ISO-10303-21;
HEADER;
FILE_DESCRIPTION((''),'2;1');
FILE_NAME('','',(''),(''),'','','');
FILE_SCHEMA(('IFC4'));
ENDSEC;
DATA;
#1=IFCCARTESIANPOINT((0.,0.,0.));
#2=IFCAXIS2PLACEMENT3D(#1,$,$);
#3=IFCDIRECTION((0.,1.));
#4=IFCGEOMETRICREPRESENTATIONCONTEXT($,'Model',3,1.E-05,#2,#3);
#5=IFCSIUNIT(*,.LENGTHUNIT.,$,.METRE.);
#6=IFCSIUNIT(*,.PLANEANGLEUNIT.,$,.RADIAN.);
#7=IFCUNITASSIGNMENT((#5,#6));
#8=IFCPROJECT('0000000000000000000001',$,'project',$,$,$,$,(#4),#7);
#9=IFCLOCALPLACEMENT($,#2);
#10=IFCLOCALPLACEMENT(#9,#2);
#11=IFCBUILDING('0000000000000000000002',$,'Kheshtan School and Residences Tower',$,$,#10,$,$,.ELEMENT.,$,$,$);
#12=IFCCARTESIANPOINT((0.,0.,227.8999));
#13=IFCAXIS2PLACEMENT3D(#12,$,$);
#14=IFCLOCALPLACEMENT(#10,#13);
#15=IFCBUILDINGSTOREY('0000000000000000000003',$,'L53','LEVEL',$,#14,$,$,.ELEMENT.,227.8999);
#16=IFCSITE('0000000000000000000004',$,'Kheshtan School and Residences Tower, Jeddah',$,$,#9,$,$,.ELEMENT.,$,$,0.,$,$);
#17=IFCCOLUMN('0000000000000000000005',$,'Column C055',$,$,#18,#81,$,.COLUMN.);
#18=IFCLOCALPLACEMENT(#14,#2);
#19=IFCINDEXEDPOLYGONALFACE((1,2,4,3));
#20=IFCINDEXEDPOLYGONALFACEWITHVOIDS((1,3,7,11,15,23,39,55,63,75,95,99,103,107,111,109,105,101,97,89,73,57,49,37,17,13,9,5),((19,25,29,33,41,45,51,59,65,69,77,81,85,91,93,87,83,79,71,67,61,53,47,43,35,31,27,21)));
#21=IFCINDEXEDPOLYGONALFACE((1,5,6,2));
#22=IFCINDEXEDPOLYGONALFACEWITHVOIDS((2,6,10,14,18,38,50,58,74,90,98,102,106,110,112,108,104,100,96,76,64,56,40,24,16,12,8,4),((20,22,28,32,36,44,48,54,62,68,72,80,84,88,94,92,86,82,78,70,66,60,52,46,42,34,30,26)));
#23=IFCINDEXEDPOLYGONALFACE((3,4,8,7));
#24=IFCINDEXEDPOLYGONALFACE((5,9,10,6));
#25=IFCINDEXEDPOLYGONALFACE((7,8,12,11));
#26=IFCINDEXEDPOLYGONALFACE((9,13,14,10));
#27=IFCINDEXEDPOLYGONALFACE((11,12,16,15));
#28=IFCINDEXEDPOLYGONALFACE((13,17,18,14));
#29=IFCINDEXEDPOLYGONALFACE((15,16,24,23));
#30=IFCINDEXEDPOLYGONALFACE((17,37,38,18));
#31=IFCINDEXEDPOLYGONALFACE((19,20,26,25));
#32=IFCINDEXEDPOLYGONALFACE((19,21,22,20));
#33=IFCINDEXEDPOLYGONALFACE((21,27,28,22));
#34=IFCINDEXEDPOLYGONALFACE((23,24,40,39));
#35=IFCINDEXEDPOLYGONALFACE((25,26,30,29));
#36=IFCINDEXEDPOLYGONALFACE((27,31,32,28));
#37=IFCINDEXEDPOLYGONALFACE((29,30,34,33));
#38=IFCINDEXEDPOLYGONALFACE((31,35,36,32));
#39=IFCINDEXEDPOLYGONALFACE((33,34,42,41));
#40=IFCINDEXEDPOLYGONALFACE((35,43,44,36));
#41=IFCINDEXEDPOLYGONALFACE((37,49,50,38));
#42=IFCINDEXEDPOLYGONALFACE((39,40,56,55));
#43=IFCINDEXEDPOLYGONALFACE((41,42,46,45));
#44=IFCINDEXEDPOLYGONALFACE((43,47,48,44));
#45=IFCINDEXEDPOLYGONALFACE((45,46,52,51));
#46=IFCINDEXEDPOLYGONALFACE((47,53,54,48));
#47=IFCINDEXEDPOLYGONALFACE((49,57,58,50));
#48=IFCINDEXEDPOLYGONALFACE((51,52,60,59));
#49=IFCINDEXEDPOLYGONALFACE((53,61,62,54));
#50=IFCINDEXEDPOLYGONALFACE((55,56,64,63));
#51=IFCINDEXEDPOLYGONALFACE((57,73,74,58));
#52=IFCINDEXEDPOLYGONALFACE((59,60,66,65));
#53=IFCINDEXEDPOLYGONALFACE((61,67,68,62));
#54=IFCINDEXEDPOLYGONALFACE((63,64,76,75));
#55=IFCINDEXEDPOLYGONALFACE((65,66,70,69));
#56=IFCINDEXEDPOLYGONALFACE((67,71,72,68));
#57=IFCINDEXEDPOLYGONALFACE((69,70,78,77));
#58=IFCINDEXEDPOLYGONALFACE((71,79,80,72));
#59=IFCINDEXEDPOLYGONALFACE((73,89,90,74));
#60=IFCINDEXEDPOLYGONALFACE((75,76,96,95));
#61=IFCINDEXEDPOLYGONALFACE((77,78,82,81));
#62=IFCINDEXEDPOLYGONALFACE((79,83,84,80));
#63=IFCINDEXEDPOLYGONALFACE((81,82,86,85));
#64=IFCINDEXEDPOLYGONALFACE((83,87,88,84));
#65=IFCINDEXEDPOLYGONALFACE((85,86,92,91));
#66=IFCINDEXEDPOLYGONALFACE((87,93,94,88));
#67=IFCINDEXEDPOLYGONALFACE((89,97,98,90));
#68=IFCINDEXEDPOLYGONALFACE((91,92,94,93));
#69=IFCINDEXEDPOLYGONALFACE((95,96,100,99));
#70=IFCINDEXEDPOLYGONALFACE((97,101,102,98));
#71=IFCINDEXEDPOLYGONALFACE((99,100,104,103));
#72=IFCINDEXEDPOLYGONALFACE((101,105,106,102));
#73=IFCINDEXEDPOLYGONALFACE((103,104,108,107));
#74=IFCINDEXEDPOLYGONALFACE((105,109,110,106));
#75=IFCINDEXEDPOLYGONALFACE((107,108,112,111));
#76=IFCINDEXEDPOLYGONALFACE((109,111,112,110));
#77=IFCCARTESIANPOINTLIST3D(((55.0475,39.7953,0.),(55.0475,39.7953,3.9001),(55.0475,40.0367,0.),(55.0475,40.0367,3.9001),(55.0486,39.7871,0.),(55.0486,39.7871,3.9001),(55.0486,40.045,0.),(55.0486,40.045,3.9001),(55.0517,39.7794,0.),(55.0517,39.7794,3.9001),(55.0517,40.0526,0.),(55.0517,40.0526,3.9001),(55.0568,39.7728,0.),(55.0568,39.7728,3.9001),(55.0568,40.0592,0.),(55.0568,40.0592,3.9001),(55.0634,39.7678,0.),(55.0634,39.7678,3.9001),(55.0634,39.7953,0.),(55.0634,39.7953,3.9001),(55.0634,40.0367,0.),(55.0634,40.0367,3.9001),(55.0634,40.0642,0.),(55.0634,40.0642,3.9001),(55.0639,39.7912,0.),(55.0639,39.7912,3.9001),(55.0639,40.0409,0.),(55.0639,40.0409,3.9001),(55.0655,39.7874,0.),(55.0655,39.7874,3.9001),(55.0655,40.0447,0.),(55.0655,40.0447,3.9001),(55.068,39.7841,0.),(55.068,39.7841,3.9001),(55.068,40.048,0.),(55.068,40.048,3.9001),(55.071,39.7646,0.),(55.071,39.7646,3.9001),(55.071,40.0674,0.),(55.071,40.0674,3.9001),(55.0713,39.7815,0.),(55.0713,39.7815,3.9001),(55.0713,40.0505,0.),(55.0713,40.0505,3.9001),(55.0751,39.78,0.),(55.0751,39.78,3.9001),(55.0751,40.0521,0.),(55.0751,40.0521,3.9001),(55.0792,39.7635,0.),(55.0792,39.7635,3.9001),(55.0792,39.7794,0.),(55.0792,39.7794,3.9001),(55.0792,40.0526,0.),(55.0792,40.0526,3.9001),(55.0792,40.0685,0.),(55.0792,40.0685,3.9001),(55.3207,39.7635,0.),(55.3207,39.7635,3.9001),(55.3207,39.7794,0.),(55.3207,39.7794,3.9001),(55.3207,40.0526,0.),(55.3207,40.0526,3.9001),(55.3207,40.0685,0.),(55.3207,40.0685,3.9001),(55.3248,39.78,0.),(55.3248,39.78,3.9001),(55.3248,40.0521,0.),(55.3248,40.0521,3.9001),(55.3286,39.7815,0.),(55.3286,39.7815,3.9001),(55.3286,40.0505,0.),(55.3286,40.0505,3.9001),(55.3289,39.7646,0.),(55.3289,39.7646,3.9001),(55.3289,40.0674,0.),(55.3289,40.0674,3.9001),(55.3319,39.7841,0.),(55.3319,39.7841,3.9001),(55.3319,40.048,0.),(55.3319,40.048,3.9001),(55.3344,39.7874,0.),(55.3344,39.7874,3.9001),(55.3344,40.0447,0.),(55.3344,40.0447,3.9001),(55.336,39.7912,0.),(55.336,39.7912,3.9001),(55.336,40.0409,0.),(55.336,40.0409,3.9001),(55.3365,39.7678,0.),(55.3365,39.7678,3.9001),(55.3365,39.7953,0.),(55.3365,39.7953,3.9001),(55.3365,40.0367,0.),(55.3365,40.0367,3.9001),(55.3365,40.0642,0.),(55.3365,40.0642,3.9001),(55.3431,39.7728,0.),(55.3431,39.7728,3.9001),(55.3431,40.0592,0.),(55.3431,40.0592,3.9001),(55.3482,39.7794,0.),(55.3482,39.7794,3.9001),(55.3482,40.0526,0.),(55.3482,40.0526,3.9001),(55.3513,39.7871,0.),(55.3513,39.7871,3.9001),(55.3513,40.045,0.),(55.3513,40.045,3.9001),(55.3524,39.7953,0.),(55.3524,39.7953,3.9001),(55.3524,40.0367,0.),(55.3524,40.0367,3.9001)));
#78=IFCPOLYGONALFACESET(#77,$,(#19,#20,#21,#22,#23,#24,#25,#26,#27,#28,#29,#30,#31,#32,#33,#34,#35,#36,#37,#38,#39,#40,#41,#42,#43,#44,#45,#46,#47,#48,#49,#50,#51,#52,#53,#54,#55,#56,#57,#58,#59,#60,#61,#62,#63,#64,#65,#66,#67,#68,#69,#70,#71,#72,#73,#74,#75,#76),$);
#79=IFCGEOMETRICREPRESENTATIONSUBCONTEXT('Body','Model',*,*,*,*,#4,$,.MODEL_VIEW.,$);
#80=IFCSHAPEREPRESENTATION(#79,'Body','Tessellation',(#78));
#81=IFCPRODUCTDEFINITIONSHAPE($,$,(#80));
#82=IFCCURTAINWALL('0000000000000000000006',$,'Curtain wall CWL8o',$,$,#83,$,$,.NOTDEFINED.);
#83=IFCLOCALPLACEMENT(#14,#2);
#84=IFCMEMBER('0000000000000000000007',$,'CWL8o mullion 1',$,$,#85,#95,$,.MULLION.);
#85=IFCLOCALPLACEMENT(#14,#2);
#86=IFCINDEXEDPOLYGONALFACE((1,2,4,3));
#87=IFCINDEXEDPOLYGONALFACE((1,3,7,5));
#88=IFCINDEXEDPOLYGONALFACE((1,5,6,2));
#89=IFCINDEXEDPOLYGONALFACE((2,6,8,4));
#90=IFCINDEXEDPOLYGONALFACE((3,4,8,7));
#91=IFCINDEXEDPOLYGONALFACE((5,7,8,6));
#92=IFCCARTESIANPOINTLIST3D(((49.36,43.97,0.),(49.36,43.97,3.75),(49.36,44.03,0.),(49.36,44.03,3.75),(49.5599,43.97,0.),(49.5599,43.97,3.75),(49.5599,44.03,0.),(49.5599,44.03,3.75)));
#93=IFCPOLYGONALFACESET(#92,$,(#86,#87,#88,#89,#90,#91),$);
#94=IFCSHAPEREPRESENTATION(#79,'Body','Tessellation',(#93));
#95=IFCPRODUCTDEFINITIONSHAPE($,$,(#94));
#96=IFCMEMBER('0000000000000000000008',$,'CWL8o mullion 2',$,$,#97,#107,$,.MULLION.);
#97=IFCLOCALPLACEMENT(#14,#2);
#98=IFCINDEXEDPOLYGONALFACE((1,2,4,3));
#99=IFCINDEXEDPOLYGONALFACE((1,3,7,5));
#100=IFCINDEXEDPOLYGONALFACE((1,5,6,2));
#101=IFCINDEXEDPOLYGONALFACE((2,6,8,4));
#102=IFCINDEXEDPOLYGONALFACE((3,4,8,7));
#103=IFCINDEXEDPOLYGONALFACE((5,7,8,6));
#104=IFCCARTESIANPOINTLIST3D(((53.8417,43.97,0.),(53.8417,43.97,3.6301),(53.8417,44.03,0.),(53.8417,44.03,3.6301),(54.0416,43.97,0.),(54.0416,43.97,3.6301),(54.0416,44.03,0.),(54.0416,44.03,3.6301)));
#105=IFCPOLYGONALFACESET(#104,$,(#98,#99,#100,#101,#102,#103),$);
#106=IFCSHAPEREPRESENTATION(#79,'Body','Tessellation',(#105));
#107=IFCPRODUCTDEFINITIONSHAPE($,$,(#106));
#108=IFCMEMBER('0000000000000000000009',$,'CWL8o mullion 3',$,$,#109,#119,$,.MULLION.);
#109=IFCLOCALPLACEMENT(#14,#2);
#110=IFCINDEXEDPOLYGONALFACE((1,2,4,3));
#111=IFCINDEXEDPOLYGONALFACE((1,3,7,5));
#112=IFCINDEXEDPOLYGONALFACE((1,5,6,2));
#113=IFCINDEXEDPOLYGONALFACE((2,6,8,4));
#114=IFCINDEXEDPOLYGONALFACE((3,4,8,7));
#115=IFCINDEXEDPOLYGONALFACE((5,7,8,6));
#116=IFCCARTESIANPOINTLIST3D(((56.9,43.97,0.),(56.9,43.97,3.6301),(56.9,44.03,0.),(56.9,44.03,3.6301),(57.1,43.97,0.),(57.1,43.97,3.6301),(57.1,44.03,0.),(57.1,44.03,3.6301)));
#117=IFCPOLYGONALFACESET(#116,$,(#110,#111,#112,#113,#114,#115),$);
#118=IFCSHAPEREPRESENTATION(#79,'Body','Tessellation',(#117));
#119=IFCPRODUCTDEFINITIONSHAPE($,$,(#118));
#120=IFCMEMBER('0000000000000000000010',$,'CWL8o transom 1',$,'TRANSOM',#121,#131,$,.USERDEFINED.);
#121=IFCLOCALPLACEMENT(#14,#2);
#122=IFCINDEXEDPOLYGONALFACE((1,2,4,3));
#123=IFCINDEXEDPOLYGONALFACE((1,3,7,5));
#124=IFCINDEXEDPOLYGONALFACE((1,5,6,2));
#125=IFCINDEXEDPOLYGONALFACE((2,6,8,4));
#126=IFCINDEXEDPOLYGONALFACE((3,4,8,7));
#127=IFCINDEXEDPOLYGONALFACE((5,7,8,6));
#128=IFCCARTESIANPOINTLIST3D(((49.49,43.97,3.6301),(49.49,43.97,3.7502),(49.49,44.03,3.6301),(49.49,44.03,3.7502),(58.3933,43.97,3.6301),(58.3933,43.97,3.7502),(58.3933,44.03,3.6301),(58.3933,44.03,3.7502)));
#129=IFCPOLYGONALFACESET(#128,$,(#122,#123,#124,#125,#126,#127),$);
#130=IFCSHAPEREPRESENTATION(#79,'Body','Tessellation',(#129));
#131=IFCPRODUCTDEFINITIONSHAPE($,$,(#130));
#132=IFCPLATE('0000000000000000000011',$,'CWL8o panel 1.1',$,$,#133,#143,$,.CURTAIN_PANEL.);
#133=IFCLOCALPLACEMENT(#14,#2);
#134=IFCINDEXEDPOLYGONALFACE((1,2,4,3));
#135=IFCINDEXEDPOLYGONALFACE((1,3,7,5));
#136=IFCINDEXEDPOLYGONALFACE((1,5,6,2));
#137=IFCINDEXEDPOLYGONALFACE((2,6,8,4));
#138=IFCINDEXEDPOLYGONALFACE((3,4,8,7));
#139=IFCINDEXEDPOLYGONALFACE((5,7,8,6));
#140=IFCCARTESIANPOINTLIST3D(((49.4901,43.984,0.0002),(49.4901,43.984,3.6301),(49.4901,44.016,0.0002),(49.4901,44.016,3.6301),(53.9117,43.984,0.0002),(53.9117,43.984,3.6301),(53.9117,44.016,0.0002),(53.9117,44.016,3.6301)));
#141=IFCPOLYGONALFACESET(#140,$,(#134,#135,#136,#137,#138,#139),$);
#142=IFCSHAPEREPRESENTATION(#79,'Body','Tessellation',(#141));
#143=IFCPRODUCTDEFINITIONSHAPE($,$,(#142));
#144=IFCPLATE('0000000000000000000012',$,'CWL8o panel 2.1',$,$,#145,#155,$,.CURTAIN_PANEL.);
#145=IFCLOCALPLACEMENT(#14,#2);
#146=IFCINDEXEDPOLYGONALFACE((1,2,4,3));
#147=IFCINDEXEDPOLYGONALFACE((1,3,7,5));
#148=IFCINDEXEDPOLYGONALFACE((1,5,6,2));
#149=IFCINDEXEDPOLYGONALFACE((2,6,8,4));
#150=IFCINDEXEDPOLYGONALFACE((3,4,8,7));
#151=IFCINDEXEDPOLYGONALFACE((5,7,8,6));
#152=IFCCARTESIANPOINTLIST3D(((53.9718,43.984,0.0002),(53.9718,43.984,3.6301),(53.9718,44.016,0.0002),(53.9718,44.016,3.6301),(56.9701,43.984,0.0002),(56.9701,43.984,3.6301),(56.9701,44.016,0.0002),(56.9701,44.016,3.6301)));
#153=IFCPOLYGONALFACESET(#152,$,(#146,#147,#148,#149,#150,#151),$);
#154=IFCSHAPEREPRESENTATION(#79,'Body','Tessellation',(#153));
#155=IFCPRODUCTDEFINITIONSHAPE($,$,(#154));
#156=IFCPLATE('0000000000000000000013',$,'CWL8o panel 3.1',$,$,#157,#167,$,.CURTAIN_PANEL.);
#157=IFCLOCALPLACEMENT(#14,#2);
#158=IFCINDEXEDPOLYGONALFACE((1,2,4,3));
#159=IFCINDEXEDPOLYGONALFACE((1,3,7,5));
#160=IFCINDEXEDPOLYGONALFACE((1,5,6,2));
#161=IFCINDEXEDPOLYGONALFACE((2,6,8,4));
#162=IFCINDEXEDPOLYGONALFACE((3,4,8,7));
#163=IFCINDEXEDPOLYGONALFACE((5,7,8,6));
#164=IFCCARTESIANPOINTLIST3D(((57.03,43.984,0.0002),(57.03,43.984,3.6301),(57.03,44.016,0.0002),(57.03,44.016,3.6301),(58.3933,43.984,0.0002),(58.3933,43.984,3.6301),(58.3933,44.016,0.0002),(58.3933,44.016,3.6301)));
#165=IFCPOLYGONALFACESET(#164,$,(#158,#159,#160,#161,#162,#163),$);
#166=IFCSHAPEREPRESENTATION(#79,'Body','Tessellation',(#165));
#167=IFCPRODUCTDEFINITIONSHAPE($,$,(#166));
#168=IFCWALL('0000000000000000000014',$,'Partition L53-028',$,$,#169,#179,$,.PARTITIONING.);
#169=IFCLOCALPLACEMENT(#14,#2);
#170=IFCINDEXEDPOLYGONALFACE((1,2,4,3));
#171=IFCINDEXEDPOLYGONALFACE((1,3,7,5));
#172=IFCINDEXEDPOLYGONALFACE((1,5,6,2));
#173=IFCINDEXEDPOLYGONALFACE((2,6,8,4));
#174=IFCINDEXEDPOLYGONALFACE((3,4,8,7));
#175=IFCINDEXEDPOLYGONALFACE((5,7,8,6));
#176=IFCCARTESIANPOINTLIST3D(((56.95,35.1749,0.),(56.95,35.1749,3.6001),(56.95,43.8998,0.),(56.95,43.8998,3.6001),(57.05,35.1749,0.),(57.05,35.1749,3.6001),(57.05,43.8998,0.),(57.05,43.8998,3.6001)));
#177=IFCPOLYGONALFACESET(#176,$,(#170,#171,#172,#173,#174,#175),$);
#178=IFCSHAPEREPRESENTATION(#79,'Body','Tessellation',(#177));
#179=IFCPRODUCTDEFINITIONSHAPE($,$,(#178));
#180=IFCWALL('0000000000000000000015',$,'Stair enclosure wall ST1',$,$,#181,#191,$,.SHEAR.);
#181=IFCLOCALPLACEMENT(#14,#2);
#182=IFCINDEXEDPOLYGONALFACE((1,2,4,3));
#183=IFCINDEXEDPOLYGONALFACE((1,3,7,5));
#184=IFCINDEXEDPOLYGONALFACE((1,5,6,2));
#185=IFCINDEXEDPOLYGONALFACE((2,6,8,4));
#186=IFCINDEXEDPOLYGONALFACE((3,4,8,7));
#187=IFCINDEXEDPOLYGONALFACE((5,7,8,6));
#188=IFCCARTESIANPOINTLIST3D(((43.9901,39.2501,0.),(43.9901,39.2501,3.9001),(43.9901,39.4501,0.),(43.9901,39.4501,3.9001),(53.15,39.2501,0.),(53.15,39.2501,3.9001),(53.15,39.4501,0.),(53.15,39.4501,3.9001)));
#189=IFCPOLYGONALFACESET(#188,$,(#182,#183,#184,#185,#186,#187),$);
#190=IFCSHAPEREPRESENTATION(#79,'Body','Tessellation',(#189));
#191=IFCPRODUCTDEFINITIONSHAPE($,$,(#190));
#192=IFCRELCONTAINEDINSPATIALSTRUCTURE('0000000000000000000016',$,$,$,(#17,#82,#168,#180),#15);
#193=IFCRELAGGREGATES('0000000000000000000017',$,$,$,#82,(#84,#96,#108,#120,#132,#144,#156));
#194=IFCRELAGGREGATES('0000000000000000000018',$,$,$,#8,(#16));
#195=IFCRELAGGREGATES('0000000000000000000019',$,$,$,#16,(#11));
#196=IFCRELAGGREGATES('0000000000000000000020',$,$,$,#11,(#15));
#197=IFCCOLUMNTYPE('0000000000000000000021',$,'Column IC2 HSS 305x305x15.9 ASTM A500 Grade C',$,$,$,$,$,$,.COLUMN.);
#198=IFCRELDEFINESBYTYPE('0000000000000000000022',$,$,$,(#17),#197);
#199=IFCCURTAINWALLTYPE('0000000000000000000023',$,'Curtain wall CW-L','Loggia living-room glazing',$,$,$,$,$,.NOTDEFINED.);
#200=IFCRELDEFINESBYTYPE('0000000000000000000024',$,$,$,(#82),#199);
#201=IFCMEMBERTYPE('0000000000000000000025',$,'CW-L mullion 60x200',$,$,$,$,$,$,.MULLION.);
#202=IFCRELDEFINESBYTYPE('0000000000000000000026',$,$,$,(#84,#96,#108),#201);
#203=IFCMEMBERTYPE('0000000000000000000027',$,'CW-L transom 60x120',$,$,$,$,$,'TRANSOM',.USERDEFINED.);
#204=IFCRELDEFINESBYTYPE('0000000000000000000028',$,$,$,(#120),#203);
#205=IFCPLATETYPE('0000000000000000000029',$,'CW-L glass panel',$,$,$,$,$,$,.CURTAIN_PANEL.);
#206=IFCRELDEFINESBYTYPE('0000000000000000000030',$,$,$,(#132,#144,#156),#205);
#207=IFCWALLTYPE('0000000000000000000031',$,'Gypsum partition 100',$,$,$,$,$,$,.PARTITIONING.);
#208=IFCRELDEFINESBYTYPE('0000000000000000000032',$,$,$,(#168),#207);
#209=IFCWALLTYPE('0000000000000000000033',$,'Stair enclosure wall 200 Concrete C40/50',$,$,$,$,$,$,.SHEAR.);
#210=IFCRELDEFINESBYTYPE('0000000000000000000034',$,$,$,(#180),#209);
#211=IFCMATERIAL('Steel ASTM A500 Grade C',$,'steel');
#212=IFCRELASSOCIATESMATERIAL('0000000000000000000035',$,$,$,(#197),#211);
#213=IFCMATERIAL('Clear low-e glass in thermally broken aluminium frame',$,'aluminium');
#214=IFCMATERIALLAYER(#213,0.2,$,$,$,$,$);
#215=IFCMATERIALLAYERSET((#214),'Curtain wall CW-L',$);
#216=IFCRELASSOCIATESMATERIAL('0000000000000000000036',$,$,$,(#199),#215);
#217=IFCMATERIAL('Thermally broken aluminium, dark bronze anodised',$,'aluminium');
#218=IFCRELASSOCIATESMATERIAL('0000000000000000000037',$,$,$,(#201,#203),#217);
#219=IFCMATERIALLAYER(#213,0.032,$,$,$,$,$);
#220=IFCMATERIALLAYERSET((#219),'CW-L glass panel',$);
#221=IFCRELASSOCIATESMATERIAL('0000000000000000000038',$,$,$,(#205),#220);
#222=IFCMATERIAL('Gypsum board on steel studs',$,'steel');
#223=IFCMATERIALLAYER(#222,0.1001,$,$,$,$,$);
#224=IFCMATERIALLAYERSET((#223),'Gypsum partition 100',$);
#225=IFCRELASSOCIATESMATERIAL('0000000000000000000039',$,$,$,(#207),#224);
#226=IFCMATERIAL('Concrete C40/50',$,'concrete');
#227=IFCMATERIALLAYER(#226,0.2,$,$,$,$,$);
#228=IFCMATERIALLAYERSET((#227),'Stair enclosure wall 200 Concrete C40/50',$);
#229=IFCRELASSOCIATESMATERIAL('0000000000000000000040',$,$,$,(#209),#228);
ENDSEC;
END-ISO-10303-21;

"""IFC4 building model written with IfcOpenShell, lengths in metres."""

from ifc_helpers import new_model, si_unit, direction, frame, frame_2d, origin, origin_2d, place, context, subcontext, project, spatial, rectangle, hollow_rectangle, extrude, material, layer, layer_set, material_profile, profile_set, type_object, element, aggregate, save


model = new_model("IFC4")

# Units and contexts
model_context = context("Model", 3, precision=1e-05, world=origin(), true_north=direction((0.0, 1.0)))
body_context = subcontext(model_context, "Body", "Model", "MODEL_VIEW")
ifc_project = project(units=[si_unit("LENGTHUNIT", "METRE"), si_unit("PLANEANGLEUNIT", "RADIAN")], contexts=[model_context])

# Site, building, storey
site_placement = place(None, origin())
site = spatial("IfcSite", under=ifc_project, at=site_placement, Name="Kheshtan School and Residences Tower, Jeddah", CompositionType="ELEMENT", RefElevation=0.0)
building_placement = place(site_placement, origin())
building = spatial("IfcBuilding", under=site, at=building_placement, Name="Kheshtan School and Residences Tower", CompositionType="ELEMENT")
storey_placement = place(building_placement, frame((0.0, 0.0, 227.8999)))
storey = spatial("IfcBuildingStorey", under=building, at=storey_placement, Name="L53", Description="LEVEL", CompositionType="ELEMENT", Elevation=227.8999)

# Column
ifc_material_1 = material(Name="Steel ASTM A500 Grade C", Category="steel")
ifc_material_profile_1 = material_profile(ifc_material_1, hollow_rectangle(XDim=0.3049, YDim=0.3049, WallThickness=0.0159, InnerFilletRadius=0.0159, OuterFilletRadius=0.0317, at=origin_2d()), Name="HSS 305x305x15.9")
ifc_profile_set_1 = profile_set([ifc_material_profile_1], Name="Steel ASTM A500 Grade C")
column_type = type_object("IfcColumnType", Name="Column IC2 HSS 305x305x15.9 ASTM A500 Grade C", PredefinedType="COLUMN", material=ifc_profile_set_1)
column_placement = place(storey_placement, frame((55.2, 39.916, 0.0), z_axis=(0.0, 0.0, 1.0), x_axis=(1.0, 0.0, 0.0)))
element("IfcColumn", 1, at=column_placement, inside=storey, type_object=column_type, Name="Column C055", PredefinedType="COLUMN", context=body_context, shape_type="SweptSolid", body=[
    extrude(hollow_rectangle(XDim=0.3049, YDim=0.3049, WallThickness=0.0159, InnerFilletRadius=0.0159, OuterFilletRadius=0.0317, at=origin_2d()), origin(), (0.0, 0.0, 1.0), 3.9001),
])

# Curtain wall, members, plates
ifc_material_2 = material(Name="Clear low-e glass in thermally broken aluminium frame", Category="aluminium")
ifc_layer_1 = layer(ifc_material_2, 0.2)
ifc_layer_set_1 = layer_set([ifc_layer_1], Name="Curtain wall CW-L")
curtain_wall_type = type_object("IfcCurtainWallType", Name="Curtain wall CW-L", Description="Loggia living-room glazing", PredefinedType="NOTDEFINED", material=ifc_layer_set_1)
curtain_wall_placement = place(storey_placement, origin())
curtain_wall = element("IfcCurtainWall", 2, at=curtain_wall_placement, inside=storey, type_object=curtain_wall_type, Name="Curtain wall CWL8o", PredefinedType="NOTDEFINED")
ifc_material_3 = material(Name="Thermally broken aluminium, dark bronze anodised", Category="aluminium")
ifc_material_profile_2 = material_profile(ifc_material_3, rectangle(XDim=0.0601, YDim=0.2, at=origin_2d()), Name="CW-L mullion 60x200")
ifc_profile_set_2 = profile_set([ifc_material_profile_2], Name="Thermally broken aluminium, dark bronze anodised")
member_type_1 = type_object("IfcMemberType", Name="CW-L mullion 60x200", PredefinedType="MULLION", material=ifc_profile_set_2)
member_1_placement = place(storey_placement, frame((49.46, 44.0, 0.0), z_axis=(0.0, 0.0, 1.0), x_axis=(0.0, 1.0, 0.0)))
member_1 = element("IfcMember", 3, at=member_1_placement, type_object=member_type_1, Name="CWL8o mullion 1", PredefinedType="MULLION", context=body_context, shape_type="SweptSolid", body=[
    extrude(rectangle(XDim=0.0601, YDim=0.2, at=origin_2d()), origin(), (0.0, 0.0, 1.0), 3.75),
])
member_2_placement = place(storey_placement, frame((53.9417, 44.0, 0.0), z_axis=(0.0, 0.0, 1.0), x_axis=(0.0, 1.0, 0.0)))
member_2 = element("IfcMember", 4, at=member_2_placement, type_object=member_type_1, Name="CWL8o mullion 2", PredefinedType="MULLION", context=body_context, shape_type="SweptSolid", body=[
    extrude(rectangle(XDim=0.0601, YDim=0.2, at=origin_2d()), origin(), (0.0, 0.0, 1.0), 3.6301),
])
member_3_placement = place(storey_placement, frame((57.0, 44.0, 0.0), z_axis=(0.0, 0.0, 1.0), x_axis=(0.0, 1.0, 0.0)))
member_3 = element("IfcMember", 5, at=member_3_placement, type_object=member_type_1, Name="CWL8o mullion 3", PredefinedType="MULLION", context=body_context, shape_type="SweptSolid", body=[
    extrude(rectangle(XDim=0.0601, YDim=0.2, at=origin_2d()), origin(), (0.0, 0.0, 1.0), 3.6301),
])
ifc_material_profile_3 = material_profile(ifc_material_3, rectangle(XDim=0.0601, YDim=0.1201, at=origin_2d()), Name="CW-L transom 60x120")
ifc_profile_set_3 = profile_set([ifc_material_profile_3], Name="Thermally broken aluminium, dark bronze anodised")
member_type_2 = type_object("IfcMemberType", Name="CW-L transom 60x120", ElementType="TRANSOM", PredefinedType="USERDEFINED", material=ifc_profile_set_3)
member_4_placement = place(storey_placement, frame((49.49, 44.0, 3.6902), z_axis=(1.0, 0.0, 0.0), x_axis=(0.0, 1.0, 0.0)))
member_4 = element("IfcMember", 6, at=member_4_placement, type_object=member_type_2, Name="CWL8o transom 1", ObjectType="TRANSOM", PredefinedType="USERDEFINED", context=body_context, shape_type="SweptSolid", body=[
    extrude(rectangle(XDim=0.0601, YDim=0.1201, at=origin_2d()), origin(), (0.0, 0.0, 1.0), 8.9033),
])
ifc_layer_2 = layer(ifc_material_2, 0.032)
ifc_layer_set_2 = layer_set([ifc_layer_2], Name="CW-L glass panel")
plate_type = type_object("IfcPlateType", Name="CW-L glass panel", PredefinedType="CURTAIN_PANEL", material=ifc_layer_set_2)
plate_1_placement = place(storey_placement, frame((51.7009, 44.0, 0.0002), z_axis=(0.0, 0.0, 1.0), x_axis=(1.0, 0.0, 0.0)))
plate_1 = element("IfcPlate", 7, at=plate_1_placement, type_object=plate_type, Name="CWL8o panel 1.1", PredefinedType="CURTAIN_PANEL", context=body_context, shape_type="SweptSolid", body=[
    extrude(rectangle(XDim=4.4216, YDim=0.032, at=origin_2d()), origin(), (0.0, 0.0, 1.0), 3.6299),
])
plate_2_placement = place(storey_placement, frame((55.4709, 44.0, 0.0002), z_axis=(0.0, 0.0, 1.0), x_axis=(1.0, 0.0, 0.0)))
plate_2 = element("IfcPlate", 8, at=plate_2_placement, type_object=plate_type, Name="CWL8o panel 2.1", PredefinedType="CURTAIN_PANEL", context=body_context, shape_type="SweptSolid", body=[
    extrude(rectangle(XDim=2.9983, YDim=0.032, at=origin_2d()), origin(), (0.0, 0.0, 1.0), 3.6299),
])
plate_3_placement = place(storey_placement, frame((57.7117, 44.0, 0.0002), z_axis=(0.0, 0.0, 1.0), x_axis=(1.0, 0.0, 0.0)))
plate_3 = element("IfcPlate", 9, at=plate_3_placement, type_object=plate_type, Name="CWL8o panel 3.1", PredefinedType="CURTAIN_PANEL", context=body_context, shape_type="SweptSolid", body=[
    extrude(rectangle(XDim=1.3633, YDim=0.032, at=origin_2d()), origin(), (0.0, 0.0, 1.0), 3.6299),
])
aggregate(curtain_wall, [member_1, member_2, member_3, member_4, plate_1, plate_2, plate_3])

# Walls
ifc_material_4 = material(Name="Gypsum board on steel studs", Category="steel")
ifc_layer_3 = layer(ifc_material_4, 0.1001)
ifc_layer_set_3 = layer_set([ifc_layer_3], Name="Gypsum partition 100")
wall_type_1 = type_object("IfcWallType", Name="Gypsum partition 100", PredefinedType="PARTITIONING", material=ifc_layer_set_3)
wall_1_placement = place(storey_placement, frame((57.0, 35.175, 0.0), z_axis=(0.0, 0.0, 1.0), x_axis=(0.0, 1.0, 0.0)))
element("IfcWall", 10, at=wall_1_placement, inside=storey, type_object=wall_type_1, Name="Partition L53-028", PredefinedType="PARTITIONING", context=body_context, shape_type="SweptSolid", body=[
    extrude(rectangle(XDim=8.7249, YDim=0.1001, at=frame_2d((4.3623, 0.0))), origin(), (0.0, 0.0, 1.0), 3.6001),
])
ifc_material_5 = material(Name="Concrete C40/50", Category="concrete")
ifc_layer_4 = layer(ifc_material_5, 0.2)
ifc_layer_set_4 = layer_set([ifc_layer_4], Name="Stair enclosure wall 200 Concrete C40/50")
wall_type_2 = type_object("IfcWallType", Name="Stair enclosure wall 200 Concrete C40/50", PredefinedType="SHEAR", material=ifc_layer_set_4)
wall_2_placement = place(storey_placement, frame((43.99, 39.3501, 0.0), z_axis=(0.0, 0.0, 1.0), x_axis=(1.0, 0.0, 0.0)))
element("IfcWall", 11, at=wall_2_placement, inside=storey, type_object=wall_type_2, Name="Stair enclosure wall ST1", PredefinedType="SHEAR", context=body_context, shape_type="SweptSolid", body=[
    extrude(rectangle(XDim=9.1599, YDim=0.2, at=frame_2d((4.5801, 0.0))), origin(), (0.0, 0.0, 1.0), 3.9001),
])

save(model, "model.ifc")
